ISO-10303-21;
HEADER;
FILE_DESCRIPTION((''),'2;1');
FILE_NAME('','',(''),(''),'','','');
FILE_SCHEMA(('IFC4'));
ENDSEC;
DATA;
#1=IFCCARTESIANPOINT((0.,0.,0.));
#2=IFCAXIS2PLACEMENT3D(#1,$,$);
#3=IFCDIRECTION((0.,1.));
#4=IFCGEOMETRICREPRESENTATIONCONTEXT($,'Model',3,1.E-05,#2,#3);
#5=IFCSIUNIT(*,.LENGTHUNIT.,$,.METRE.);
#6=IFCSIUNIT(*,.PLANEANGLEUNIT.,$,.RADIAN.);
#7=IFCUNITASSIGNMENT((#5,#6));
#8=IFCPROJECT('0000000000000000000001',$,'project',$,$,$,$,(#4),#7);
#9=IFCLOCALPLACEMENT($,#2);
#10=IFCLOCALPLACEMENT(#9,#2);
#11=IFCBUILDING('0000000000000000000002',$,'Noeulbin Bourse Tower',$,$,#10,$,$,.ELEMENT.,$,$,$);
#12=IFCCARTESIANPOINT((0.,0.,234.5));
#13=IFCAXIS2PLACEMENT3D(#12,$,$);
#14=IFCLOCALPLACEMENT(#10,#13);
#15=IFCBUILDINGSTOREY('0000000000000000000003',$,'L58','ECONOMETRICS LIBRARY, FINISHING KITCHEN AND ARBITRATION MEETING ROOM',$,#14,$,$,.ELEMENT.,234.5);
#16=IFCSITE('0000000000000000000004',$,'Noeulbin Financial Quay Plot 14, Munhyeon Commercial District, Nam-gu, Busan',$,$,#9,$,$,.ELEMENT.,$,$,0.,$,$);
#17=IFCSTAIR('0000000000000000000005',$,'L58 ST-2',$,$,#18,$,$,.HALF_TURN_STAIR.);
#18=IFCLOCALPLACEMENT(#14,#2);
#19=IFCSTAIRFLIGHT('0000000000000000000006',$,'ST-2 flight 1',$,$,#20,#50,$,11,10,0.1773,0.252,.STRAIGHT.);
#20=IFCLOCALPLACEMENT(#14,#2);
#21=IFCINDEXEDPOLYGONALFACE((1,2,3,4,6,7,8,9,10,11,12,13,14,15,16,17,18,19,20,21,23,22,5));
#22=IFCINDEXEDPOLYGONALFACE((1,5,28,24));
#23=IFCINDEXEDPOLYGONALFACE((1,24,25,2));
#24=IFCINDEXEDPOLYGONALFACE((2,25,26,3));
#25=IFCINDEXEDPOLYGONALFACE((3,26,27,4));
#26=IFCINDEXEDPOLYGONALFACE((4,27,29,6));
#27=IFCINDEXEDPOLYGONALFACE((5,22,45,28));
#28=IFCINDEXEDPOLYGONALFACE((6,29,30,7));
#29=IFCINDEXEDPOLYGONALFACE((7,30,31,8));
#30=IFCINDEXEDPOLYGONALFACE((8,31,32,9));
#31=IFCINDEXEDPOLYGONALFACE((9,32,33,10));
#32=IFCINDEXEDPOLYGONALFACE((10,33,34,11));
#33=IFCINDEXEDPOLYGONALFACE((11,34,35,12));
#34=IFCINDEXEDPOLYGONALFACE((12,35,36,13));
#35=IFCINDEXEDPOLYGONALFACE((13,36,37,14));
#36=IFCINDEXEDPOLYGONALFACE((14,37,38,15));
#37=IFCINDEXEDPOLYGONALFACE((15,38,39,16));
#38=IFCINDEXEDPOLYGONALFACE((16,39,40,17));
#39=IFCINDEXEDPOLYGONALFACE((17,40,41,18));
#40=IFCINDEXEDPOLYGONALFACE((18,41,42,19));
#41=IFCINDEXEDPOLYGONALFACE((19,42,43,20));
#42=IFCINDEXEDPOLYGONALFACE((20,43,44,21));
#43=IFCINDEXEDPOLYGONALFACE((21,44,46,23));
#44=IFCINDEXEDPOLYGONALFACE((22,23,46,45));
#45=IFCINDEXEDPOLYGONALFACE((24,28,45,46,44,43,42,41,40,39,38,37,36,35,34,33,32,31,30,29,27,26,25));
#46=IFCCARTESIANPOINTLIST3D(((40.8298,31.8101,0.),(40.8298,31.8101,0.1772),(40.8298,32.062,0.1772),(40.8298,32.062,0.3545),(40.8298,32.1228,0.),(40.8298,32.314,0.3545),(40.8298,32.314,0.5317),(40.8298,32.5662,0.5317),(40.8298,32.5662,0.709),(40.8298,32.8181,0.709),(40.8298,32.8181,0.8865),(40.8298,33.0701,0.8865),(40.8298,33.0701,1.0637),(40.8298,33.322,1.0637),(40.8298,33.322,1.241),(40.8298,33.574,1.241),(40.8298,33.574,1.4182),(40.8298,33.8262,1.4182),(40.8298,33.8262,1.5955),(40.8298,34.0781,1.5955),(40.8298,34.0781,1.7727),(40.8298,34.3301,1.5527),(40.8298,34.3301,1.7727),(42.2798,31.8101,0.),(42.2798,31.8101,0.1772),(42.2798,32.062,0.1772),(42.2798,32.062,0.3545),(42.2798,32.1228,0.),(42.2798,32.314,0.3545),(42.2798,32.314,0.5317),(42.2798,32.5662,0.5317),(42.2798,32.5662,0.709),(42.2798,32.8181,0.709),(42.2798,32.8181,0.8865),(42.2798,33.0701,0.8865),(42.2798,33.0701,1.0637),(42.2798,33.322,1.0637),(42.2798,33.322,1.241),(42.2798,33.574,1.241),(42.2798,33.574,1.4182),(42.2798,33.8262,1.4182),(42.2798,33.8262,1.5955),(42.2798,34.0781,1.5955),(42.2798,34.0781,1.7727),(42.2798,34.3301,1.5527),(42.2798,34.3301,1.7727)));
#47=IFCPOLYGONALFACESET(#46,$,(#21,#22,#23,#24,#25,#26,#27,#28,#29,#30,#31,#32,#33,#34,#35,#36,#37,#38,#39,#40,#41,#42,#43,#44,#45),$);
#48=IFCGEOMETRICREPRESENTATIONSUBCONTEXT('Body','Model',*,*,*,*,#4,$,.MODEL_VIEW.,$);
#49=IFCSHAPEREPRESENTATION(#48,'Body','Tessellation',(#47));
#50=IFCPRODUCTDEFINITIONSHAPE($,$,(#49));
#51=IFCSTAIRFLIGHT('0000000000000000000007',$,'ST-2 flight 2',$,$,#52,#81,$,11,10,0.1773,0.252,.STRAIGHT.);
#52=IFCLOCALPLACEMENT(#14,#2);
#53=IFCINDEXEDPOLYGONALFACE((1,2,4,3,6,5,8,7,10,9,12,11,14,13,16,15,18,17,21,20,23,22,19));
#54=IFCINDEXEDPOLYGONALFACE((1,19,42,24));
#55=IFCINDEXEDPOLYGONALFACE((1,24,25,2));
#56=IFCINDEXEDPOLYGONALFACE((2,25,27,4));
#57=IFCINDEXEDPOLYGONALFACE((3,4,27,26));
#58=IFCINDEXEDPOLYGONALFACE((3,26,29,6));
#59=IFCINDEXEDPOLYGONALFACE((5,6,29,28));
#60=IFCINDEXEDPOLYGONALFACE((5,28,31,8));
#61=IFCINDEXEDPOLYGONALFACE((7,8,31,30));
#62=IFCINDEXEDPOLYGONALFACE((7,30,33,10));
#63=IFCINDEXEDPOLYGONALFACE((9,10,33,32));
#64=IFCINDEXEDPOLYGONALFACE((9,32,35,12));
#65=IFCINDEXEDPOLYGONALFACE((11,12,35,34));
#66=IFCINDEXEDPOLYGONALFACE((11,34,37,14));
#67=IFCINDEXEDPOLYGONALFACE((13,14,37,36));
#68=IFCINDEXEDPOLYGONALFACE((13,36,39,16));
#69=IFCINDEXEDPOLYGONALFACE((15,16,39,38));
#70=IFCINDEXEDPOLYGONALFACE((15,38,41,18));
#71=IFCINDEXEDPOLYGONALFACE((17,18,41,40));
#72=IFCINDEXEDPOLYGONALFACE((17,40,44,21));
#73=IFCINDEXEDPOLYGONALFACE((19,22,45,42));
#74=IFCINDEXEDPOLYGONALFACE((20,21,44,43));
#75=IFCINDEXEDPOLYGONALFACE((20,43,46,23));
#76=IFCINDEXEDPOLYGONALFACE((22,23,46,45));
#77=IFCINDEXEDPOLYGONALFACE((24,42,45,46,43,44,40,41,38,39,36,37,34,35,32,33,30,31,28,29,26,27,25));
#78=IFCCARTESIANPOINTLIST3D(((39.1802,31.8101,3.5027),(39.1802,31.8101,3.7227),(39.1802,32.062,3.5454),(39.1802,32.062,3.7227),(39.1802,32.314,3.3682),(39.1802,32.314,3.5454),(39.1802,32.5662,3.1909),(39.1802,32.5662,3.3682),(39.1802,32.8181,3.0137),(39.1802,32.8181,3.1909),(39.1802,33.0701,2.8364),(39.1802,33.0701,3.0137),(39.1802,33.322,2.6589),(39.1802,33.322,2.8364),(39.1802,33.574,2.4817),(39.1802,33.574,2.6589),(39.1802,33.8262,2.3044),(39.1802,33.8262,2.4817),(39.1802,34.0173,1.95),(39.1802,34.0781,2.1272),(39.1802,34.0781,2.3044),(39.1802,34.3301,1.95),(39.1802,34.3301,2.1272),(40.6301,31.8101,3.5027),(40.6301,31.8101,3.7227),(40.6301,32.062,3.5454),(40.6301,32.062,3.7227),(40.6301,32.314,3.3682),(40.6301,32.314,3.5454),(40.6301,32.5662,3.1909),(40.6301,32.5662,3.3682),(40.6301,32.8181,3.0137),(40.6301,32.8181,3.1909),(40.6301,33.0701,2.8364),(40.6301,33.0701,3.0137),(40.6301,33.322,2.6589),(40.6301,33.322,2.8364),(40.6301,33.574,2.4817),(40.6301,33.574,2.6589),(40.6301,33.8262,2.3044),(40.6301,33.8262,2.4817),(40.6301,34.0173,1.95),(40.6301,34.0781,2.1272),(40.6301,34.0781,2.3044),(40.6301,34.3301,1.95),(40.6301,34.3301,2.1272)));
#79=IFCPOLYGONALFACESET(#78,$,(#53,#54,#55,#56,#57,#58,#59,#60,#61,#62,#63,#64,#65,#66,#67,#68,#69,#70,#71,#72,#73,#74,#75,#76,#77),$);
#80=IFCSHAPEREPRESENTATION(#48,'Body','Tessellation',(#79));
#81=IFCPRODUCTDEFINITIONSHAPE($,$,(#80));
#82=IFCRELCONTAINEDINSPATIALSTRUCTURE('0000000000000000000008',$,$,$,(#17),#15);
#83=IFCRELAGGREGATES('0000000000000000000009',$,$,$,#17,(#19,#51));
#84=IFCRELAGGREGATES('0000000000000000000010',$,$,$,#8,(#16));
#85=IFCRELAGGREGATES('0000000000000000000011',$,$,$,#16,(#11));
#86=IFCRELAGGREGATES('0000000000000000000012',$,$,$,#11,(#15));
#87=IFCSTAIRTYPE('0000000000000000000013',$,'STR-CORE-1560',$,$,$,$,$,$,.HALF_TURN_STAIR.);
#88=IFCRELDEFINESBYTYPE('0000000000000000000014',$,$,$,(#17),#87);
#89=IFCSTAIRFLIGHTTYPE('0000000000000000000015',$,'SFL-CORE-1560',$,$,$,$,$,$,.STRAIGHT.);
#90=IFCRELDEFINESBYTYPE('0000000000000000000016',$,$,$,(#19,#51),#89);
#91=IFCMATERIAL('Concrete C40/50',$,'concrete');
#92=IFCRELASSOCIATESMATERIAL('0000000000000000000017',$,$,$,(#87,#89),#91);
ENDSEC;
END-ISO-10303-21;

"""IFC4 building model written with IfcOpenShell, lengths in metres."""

from ifc_helpers import new_model, si_unit, direction, frame, origin, place, context, subcontext, project, spatial, polyline, outline, extrude, material, type_object, element, aggregate, save


model = new_model("IFC4")

# Units and contexts
model_context = context("Model", 3, precision=1e-05, world=origin(), true_north=direction((0.0, 1.0)))
body_context = subcontext(model_context, "Body", "Model", "MODEL_VIEW")
ifc_project = project(units=[si_unit("LENGTHUNIT", "METRE"), si_unit("PLANEANGLEUNIT", "RADIAN")], contexts=[model_context])

# Site, building, storey
site_placement = place(None, origin())
site = spatial("IfcSite", under=ifc_project, at=site_placement, Name="Noeulbin Financial Quay Plot 14, Munhyeon Commercial District, Nam-gu, Busan", CompositionType="ELEMENT", RefElevation=0.0)
building_placement = place(site_placement, origin())
building = spatial("IfcBuilding", under=site, at=building_placement, Name="Noeulbin Bourse Tower", CompositionType="ELEMENT")
storey_placement = place(building_placement, frame((0.0, 0.0, 234.5)))
storey = spatial("IfcBuildingStorey", under=building, at=storey_placement, Name="L58", Description="ECONOMETRICS LIBRARY, FINISHING KITCHEN AND ARBITRATION MEETING ROOM", CompositionType="ELEMENT", Elevation=234.5)

# Shared definitions
ifc_material_1 = material(Name="Concrete C40/50", Category="concrete")

# Stair, stair flights
stair_type = type_object("IfcStairType", Name="STR-CORE-1560", PredefinedType="HALF_TURN_STAIR", material=ifc_material_1)
stair_placement = place(storey_placement, origin())
stair = element("IfcStair", 1, at=stair_placement, inside=storey, type_object=stair_type, Name="L58 ST-2", PredefinedType="HALF_TURN_STAIR")
stair_flight_type = type_object("IfcStairFlightType", Name="SFL-CORE-1560", PredefinedType="STRAIGHT", material=ifc_material_1)
stair_flight_1_placement = place(storey_placement, frame((41.5549, 31.8101, 0.0), z_axis=(0.0, 0.0, 1.0), x_axis=(0.0, 1.0, 0.0)))
stair_flight_1 = element("IfcStairFlight", 2, at=stair_flight_1_placement, type_object=stair_flight_type, Name="ST-2 flight 1", NumberOfRisers=11, NumberOfTreads=10, PredefinedType="STRAIGHT", RiserHeight=0.1773, TreadLength=0.252, context=body_context, shape_type="SweptSolid", body=[
    extrude(outline(polyline([(0.0, 0.0), (0.0, 0.1772), (0.252, 0.1772), (0.252, 0.3545), (0.5039, 0.3545), (0.5039, 0.5317), (0.7561, 0.5317), (0.7561, 0.709), (1.0081, 0.709), (1.0081, 0.8865), (1.26, 0.8865), (1.26, 1.0637), (1.512, 1.0637), (1.512, 1.241), (1.7639, 1.241), (1.7639, 1.4182), (2.0161, 1.4182), (2.0161, 1.5955), (2.2681, 1.5955), (2.2681, 1.7727), (2.52, 1.7727), (2.52, 1.95), (2.52, 1.5527), (0.3127, 0.0), (0.0, 0.0)])), frame((0.0, 0.7251, 0.0), z_axis=(0.0, -1.0, 0.0), x_axis=(1.0, 0.0, 0.0)), (0.0, 0.0, 1.0), 1.45),
])
stair_flight_2_placement = place(storey_placement, frame((39.905, 34.3301, 1.95), z_axis=(0.0, 0.0, 1.0), x_axis=(0.0, -1.0, 0.0)))
stair_flight_2 = element("IfcStairFlight", 3, at=stair_flight_2_placement, type_object=stair_flight_type, Name="ST-2 flight 2", NumberOfRisers=11, NumberOfTreads=10, PredefinedType="STRAIGHT", RiserHeight=0.1773, TreadLength=0.252, context=body_context, shape_type="SweptSolid", body=[
    extrude(outline(polyline([(0.0, 0.0), (0.0, 0.1772), (0.252, 0.1772), (0.252, 0.3545), (0.5039, 0.3545), (0.5039, 0.5317), (0.7561, 0.5317), (0.7561, 0.709), (1.0081, 0.709), (1.0081, 0.8865), (1.26, 0.8865), (1.26, 1.0637), (1.512, 1.0637), (1.512, 1.241), (1.7639, 1.241), (1.7639, 1.4182), (2.0161, 1.4182), (2.0161, 1.5955), (2.2681, 1.5955), (2.2681, 1.7727), (2.52, 1.7727), (2.52, 1.95), (2.52, 1.5527), (0.3127, 0.0), (0.0, 0.0)])), frame((0.0, 0.7251, 0.0), z_axis=(0.0, -1.0, 0.0), x_axis=(1.0, 0.0, 0.0)), (0.0, 0.0, 1.0), 1.45),
])
aggregate(stair, [stair_flight_1, stair_flight_2])

save(model, "model.ifc")
